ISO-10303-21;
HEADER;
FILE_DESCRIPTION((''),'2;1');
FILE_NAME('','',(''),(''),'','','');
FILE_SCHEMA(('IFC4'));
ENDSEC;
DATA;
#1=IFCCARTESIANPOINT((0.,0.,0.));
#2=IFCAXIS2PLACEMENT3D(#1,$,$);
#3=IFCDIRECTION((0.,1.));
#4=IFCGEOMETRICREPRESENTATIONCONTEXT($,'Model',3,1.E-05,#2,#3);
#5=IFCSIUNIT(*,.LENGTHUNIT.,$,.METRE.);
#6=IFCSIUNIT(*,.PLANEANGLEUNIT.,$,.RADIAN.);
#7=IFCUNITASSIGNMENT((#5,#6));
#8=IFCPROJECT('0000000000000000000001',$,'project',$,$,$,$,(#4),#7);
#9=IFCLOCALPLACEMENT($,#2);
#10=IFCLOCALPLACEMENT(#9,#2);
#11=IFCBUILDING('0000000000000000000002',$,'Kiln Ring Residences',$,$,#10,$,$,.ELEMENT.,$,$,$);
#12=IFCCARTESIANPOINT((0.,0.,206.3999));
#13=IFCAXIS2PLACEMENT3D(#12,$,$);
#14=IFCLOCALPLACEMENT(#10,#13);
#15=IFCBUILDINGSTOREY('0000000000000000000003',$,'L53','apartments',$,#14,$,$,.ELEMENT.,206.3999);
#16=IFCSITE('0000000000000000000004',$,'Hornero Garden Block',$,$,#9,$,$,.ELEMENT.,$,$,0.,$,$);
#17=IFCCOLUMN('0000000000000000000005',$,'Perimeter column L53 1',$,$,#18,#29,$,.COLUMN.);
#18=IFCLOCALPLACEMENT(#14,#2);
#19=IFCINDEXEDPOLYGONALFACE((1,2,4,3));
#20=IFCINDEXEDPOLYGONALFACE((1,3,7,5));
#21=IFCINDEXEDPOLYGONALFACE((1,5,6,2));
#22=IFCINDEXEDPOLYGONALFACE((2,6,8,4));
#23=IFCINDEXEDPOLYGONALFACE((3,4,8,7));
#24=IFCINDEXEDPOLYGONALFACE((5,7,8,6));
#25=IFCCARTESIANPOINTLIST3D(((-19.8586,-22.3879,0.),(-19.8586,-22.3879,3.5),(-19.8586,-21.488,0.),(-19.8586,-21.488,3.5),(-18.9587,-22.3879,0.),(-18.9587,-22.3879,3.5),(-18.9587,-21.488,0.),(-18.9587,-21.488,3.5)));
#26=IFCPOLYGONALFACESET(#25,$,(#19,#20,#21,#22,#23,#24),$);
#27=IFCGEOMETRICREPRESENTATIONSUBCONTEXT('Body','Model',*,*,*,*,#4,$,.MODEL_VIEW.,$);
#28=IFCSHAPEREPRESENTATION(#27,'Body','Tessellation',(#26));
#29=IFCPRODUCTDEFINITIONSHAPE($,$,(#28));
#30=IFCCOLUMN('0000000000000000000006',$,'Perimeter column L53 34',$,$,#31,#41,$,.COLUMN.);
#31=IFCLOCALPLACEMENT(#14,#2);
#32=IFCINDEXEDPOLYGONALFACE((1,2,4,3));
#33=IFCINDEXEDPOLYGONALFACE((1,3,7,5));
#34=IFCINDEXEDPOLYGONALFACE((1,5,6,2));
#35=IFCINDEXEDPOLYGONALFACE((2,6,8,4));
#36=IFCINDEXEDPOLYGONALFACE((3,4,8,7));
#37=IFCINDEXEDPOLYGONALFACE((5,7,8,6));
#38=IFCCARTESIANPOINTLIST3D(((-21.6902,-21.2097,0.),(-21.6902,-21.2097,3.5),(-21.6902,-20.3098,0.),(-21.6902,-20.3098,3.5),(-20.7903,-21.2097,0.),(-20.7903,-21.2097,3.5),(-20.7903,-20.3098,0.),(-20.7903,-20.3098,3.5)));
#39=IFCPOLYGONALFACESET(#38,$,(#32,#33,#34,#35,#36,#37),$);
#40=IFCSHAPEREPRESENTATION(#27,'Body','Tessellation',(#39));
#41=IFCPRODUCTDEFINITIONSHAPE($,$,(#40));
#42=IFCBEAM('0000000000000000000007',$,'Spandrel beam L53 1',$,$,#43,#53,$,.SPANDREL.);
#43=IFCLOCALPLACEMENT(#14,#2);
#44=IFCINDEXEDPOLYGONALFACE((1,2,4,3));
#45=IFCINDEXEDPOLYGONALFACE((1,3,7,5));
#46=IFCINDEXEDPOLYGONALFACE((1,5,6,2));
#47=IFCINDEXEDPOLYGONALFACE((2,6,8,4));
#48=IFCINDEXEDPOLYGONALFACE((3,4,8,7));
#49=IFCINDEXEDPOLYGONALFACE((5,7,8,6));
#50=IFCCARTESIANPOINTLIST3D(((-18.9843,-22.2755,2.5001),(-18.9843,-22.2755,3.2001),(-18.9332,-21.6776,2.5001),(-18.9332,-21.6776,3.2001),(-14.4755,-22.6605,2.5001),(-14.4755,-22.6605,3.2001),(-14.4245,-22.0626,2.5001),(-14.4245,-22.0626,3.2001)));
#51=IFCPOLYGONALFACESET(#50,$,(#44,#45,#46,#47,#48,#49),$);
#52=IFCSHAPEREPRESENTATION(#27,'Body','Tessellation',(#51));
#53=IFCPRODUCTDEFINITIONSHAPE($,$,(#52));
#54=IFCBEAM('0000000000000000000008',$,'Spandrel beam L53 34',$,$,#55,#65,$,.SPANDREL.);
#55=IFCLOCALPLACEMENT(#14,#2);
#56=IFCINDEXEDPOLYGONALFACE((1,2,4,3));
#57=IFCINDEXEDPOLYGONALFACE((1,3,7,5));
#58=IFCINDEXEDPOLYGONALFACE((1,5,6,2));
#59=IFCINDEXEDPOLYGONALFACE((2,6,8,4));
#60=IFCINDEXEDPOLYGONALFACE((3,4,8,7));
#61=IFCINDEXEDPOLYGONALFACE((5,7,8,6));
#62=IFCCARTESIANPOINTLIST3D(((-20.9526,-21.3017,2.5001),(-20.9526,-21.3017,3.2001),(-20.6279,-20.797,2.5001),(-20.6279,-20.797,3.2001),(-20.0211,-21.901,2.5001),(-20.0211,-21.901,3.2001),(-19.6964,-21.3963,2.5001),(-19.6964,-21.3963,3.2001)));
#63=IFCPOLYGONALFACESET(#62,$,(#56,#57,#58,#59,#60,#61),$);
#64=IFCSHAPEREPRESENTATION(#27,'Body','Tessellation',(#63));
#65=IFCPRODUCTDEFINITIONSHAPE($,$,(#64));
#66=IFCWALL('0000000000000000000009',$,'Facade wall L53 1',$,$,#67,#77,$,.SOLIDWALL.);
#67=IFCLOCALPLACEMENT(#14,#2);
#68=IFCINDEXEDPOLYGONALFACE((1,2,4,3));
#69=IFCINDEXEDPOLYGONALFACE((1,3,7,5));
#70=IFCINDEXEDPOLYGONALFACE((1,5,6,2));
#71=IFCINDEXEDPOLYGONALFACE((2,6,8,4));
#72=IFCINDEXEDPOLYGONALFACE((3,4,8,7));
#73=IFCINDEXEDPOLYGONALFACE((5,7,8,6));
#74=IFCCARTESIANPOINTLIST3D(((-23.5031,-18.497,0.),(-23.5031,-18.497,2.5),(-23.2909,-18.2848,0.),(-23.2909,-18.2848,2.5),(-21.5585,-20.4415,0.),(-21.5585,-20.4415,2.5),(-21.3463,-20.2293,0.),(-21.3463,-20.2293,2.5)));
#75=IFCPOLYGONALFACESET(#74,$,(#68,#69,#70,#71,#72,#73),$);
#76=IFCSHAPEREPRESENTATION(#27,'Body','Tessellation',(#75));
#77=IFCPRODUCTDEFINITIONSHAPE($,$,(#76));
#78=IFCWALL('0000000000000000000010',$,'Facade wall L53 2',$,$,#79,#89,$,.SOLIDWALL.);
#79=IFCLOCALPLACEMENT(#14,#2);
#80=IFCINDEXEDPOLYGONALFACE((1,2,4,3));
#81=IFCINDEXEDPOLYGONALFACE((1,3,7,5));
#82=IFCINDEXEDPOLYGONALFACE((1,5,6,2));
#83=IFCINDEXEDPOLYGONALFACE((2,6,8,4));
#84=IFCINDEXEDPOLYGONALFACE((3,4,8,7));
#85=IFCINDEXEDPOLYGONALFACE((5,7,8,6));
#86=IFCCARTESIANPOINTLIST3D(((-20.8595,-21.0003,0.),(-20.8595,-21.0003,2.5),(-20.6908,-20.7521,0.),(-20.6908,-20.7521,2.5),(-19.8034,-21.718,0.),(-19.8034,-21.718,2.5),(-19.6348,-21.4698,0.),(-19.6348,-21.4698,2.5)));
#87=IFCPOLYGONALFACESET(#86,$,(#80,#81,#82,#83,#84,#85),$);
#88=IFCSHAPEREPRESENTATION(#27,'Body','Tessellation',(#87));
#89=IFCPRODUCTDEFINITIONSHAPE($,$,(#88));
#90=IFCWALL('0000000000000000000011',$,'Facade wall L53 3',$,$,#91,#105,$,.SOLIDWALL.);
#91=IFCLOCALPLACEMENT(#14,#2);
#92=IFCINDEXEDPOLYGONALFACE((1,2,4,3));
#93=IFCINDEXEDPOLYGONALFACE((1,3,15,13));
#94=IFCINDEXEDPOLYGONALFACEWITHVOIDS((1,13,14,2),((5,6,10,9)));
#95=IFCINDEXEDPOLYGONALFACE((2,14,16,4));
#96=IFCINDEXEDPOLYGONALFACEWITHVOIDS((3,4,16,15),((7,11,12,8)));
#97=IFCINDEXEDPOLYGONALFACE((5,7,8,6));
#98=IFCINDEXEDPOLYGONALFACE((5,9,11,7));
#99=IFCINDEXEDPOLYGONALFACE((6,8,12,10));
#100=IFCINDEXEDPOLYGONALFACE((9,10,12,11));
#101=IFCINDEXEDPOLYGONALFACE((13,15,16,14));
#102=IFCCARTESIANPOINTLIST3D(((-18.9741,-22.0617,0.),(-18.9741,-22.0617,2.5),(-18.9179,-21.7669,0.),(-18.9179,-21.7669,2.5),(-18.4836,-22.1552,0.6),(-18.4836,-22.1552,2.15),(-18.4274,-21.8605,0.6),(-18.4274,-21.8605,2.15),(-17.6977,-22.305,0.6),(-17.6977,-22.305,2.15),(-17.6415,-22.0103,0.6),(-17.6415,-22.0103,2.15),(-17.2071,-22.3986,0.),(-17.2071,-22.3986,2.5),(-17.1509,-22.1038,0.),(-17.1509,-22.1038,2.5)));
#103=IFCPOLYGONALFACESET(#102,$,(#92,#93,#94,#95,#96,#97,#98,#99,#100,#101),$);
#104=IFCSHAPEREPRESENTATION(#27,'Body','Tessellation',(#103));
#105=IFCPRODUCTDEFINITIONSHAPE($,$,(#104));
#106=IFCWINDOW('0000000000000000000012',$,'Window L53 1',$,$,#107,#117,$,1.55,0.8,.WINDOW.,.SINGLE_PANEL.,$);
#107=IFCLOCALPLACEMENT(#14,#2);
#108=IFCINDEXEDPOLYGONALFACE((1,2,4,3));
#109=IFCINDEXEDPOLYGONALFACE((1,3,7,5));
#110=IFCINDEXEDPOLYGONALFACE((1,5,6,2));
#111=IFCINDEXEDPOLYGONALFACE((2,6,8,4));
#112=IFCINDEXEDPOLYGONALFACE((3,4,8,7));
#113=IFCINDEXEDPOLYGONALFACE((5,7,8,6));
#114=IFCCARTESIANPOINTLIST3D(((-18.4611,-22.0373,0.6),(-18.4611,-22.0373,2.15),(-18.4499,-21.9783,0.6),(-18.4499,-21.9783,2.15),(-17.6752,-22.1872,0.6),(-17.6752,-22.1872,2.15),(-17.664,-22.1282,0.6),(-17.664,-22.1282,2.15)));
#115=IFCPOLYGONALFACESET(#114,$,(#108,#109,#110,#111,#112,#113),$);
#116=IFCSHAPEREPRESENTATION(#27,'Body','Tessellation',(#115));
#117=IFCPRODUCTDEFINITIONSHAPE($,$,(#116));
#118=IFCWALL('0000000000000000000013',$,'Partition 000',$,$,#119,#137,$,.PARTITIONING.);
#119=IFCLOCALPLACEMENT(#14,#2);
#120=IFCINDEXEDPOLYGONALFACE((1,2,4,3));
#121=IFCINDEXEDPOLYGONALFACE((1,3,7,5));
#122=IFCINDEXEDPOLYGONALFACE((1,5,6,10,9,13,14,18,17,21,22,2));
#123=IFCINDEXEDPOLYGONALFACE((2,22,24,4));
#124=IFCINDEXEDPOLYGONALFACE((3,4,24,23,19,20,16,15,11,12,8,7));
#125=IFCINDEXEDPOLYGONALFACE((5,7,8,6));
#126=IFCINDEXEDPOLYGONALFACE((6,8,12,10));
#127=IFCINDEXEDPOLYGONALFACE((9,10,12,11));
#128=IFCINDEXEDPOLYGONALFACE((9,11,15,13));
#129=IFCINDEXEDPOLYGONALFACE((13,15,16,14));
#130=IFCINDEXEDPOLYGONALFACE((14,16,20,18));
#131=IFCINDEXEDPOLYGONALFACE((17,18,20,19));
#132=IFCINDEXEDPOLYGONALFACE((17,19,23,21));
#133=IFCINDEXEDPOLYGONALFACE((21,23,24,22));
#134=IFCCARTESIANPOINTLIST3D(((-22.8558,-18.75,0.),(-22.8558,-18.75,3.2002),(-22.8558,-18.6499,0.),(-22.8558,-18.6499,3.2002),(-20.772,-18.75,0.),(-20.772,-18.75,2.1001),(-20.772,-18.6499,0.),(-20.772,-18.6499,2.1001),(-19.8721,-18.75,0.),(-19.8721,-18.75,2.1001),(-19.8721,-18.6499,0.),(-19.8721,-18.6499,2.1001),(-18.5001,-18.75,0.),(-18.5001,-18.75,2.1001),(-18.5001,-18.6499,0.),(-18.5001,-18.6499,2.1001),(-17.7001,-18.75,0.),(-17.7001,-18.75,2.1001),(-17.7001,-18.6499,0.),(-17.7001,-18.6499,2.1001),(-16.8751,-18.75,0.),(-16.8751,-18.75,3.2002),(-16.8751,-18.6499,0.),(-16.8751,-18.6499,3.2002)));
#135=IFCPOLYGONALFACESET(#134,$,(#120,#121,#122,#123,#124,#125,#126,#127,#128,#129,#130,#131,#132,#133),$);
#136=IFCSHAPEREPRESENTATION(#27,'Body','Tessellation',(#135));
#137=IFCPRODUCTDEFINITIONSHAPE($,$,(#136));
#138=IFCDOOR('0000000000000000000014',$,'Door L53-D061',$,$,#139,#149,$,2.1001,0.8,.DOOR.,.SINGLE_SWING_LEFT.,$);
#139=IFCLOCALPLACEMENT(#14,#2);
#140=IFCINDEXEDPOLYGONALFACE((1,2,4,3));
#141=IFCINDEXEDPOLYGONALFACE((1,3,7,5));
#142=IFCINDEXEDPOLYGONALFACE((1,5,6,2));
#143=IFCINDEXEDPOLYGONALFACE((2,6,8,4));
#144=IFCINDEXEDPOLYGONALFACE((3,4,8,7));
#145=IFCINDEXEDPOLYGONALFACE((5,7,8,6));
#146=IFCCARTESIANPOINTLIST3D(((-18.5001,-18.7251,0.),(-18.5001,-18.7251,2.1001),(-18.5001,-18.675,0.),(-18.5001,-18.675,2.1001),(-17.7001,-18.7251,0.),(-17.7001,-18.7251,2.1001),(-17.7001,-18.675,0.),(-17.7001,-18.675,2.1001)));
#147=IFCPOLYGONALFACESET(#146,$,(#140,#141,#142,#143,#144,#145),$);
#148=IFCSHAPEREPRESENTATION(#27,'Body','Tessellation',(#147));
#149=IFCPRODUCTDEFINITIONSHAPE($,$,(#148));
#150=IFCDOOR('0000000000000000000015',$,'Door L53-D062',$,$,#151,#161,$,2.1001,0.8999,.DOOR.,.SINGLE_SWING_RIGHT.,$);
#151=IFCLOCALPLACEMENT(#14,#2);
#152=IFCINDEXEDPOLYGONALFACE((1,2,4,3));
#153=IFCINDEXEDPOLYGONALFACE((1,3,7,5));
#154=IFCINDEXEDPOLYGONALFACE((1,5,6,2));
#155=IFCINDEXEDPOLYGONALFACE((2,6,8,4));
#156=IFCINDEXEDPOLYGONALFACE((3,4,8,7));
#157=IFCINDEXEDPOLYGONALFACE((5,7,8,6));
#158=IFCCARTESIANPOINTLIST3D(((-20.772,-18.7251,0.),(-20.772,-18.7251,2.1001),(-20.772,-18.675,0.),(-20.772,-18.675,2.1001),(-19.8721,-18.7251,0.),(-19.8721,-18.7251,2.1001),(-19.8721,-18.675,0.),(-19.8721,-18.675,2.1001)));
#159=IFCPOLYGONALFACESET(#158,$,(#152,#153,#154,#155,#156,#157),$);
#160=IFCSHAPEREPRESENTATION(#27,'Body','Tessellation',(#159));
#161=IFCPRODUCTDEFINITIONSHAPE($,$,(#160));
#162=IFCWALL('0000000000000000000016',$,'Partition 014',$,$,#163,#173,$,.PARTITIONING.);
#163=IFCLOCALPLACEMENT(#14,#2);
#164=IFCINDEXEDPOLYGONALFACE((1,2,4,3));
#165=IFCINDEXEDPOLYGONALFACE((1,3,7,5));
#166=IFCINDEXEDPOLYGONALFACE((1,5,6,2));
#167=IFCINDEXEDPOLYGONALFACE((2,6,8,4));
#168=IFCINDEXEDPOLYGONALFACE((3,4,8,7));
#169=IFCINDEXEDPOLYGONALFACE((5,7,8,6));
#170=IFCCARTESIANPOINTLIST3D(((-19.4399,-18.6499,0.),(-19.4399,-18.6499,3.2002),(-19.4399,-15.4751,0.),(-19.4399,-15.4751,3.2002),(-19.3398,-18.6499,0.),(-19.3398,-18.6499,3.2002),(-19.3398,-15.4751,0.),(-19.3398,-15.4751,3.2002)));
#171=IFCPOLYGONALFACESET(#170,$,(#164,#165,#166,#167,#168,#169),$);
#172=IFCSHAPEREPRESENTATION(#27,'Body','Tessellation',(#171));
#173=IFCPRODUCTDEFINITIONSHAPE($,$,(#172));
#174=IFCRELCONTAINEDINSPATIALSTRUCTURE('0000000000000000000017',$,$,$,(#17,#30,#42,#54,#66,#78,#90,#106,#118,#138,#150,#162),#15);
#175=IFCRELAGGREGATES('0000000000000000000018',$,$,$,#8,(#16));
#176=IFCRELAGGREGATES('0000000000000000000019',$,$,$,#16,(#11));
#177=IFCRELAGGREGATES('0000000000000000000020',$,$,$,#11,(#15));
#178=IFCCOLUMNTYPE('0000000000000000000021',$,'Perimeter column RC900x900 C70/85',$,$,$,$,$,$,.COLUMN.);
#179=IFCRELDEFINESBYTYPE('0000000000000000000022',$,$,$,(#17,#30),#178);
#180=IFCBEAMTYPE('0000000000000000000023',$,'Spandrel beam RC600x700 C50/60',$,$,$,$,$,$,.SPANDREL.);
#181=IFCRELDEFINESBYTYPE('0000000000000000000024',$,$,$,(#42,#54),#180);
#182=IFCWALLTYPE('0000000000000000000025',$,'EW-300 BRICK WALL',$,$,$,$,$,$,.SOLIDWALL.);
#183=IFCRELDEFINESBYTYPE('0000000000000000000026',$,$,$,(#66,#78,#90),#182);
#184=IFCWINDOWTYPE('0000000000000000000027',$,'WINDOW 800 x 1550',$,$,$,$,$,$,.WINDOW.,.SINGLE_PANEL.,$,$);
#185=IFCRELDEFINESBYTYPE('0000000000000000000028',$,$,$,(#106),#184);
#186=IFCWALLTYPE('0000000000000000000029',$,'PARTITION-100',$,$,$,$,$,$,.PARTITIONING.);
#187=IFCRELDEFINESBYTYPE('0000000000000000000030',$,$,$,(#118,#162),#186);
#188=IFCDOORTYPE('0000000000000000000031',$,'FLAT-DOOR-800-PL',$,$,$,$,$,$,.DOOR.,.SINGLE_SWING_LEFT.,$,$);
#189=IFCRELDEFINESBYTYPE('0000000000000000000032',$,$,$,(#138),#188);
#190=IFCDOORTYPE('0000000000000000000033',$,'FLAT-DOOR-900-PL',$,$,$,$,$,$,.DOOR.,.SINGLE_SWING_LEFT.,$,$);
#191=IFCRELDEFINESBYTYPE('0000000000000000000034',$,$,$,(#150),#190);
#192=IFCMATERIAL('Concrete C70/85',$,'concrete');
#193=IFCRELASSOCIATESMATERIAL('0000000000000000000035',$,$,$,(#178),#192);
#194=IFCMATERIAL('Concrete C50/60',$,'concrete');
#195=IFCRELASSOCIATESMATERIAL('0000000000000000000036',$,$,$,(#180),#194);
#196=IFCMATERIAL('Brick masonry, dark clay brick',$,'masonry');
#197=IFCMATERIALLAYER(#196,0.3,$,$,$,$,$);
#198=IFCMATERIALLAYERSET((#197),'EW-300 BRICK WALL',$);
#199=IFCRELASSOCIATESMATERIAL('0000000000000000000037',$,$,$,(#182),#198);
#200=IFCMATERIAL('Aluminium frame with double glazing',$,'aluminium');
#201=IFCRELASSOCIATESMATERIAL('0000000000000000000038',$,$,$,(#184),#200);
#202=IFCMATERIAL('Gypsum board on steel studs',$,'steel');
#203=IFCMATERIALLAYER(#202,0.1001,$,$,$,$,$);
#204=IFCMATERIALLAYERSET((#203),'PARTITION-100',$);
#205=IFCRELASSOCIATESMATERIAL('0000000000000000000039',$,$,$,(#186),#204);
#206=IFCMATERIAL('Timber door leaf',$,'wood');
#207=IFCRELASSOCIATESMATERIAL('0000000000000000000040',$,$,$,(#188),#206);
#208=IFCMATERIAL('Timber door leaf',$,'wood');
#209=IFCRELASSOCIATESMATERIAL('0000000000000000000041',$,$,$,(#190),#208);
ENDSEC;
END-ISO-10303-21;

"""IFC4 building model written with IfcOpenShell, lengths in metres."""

from ifc_helpers import new_model, si_unit, direction, frame, frame_2d, origin, origin_2d, place, context, subcontext, project, spatial, rectangle, extrude, material, layer, layer_set, material_profile, profile_set, type_object, element, fill, save


model = new_model("IFC4")

# Units and contexts
model_context = context("Model", 3, precision=1e-05, world=origin(), true_north=direction((0.0, 1.0)))
body_context = subcontext(model_context, "Body", "Model", "MODEL_VIEW")
ifc_project = project(units=[si_unit("LENGTHUNIT", "METRE"), si_unit("PLANEANGLEUNIT", "RADIAN")], contexts=[model_context])

# Site, building, storey
site_placement = place(None, origin())
site = spatial("IfcSite", under=ifc_project, at=site_placement, Name="Hornero Garden Block", CompositionType="ELEMENT", RefElevation=0.0)
building_placement = place(site_placement, origin())
building = spatial("IfcBuilding", under=site, at=building_placement, Name="Kiln Ring Residences", CompositionType="ELEMENT")
storey_placement = place(building_placement, frame((0.0, 0.0, 206.3999)))
storey = spatial("IfcBuildingStorey", under=building, at=storey_placement, Name="L53", Description="apartments", CompositionType="ELEMENT", Elevation=206.3999)

# Columns
ifc_material_1 = material(Name="Concrete C70/85", Category="concrete")
ifc_material_profile_1 = material_profile(ifc_material_1, rectangle(XDim=0.8999, YDim=0.8999, at=origin_2d()), Name="RC900x900")
ifc_profile_set_1 = profile_set([ifc_material_profile_1], Name="Concrete C70/85")
column_type = type_object("IfcColumnType", Name="Perimeter column RC900x900 C70/85", PredefinedType="COLUMN", material=ifc_profile_set_1)
for number, where, z_axis, x_axis, name in (
    (1, (-19.4087, -21.938, 0.0), (0.0, 0.0, 1.0), (1.0, 0.0, 0.0), "Perimeter column L53 1"),
    (2, (-21.2402, -20.7598, 0.0), (0.0, 0.0, 1.0), (1.0, 0.0, 0.0), "Perimeter column L53 34"),
):
    element("IfcColumn", number, at=place(storey_placement, frame(where, z_axis=z_axis, x_axis=x_axis)), inside=storey, type_object=column_type, Name=name, PredefinedType="COLUMN", context=body_context, shape_type="SweptSolid", body=[
        extrude(rectangle(XDim=0.8999, YDim=0.8999, at=origin_2d()), origin(), (0.0, 0.0, 1.0), 3.5),
    ])

# Beams
ifc_material_2 = material(Name="Concrete C50/60", Category="concrete")
ifc_material_profile_2 = material_profile(ifc_material_2, rectangle(XDim=0.6001, YDim=0.7, at=origin_2d()), Name="RC600x700")
ifc_profile_set_2 = profile_set([ifc_material_profile_2], Name="Concrete C50/60")
beam_type = type_object("IfcBeamType", Name="Spandrel beam RC600x700 C50/60", PredefinedType="SPANDREL", material=ifc_profile_set_2)
beam_1_placement = place(storey_placement, frame((-18.9587, -21.9766, 2.8501), z_axis=(0.996374, -0.085081, 0.0), x_axis=(0.085081, 0.996374, 0.0)))
element("IfcBeam", 3, at=beam_1_placement, inside=storey, type_object=beam_type, Name="Spandrel beam L53 1", PredefinedType="SPANDREL", context=body_context, shape_type="SweptSolid", body=[
    extrude(rectangle(XDim=0.6001, YDim=0.7, at=origin_2d()), origin(), (0.0, 0.0, 1.0), 4.5251),
])
beam_2_placement = place(storey_placement, frame((-20.7903, -21.0493, 2.8501), z_axis=(0.840992, -0.541047, 0.0), x_axis=(0.541047, 0.840992, 0.0)))
element("IfcBeam", 4, at=beam_2_placement, inside=storey, type_object=beam_type, Name="Spandrel beam L53 34", PredefinedType="SPANDREL", context=body_context, shape_type="SweptSolid", body=[
    extrude(rectangle(XDim=0.6001, YDim=0.7, at=origin_2d()), origin(), (0.0, 0.0, 1.0), 1.1077),
])

# Walls
ifc_material_3 = material(Name="Brick masonry, dark clay brick", Category="masonry")
ifc_layer_1 = layer(ifc_material_3, 0.3)
ifc_layer_set_1 = layer_set([ifc_layer_1], Name="EW-300 BRICK WALL")
wall_type_1 = type_object("IfcWallType", Name="EW-300 BRICK WALL", PredefinedType="SOLIDWALL", material=ifc_layer_set_1)
wall_1_placement = place(storey_placement, frame((-23.397, -18.3909, 0.0), z_axis=(0.0, 0.0, 1.0), x_axis=(0.707107, -0.707107, 0.0)))
element("IfcWall", 5, at=wall_1_placement, inside=storey, type_object=wall_type_1, Name="Facade wall L53 1", PredefinedType="SOLIDWALL", context=body_context, shape_type="SweptSolid", body=[
    extrude(rectangle(XDim=2.75, YDim=0.3, at=frame_2d((1.375, 0.0))), origin(), (0.0, 0.0, 1.0), 2.5),
])
wall_2_placement = place(storey_placement, frame((-20.7751, -20.8762, 0.0), z_axis=(0.0, 0.0, 1.0), x_axis=(0.827076, -0.56209, 0.0)))
element("IfcWall", 6, at=wall_2_placement, inside=storey, type_object=wall_type_1, Name="Facade wall L53 2", PredefinedType="SOLIDWALL", context=body_context, shape_type="SweptSolid", body=[
    extrude(rectangle(XDim=1.2769, YDim=0.3, at=frame_2d((0.6384, 0.0))), origin(), (0.0, 0.0, 1.0), 2.5),
])

# Wall, opening, window
wall_3_placement = place(storey_placement, frame((-18.946, -21.9143, 0.0), z_axis=(0.0, 0.0, 1.0), x_axis=(0.982305, -0.187287, 0.0)))
wall_3 = element("IfcWall", 7, at=wall_3_placement, inside=storey, type_object=wall_type_1, Name="Facade wall L53 3", PredefinedType="SOLIDWALL", context=body_context, shape_type="SweptSolid", body=[
    extrude(rectangle(XDim=1.7988, YDim=0.3, at=frame_2d((0.8994, 0.0))), origin(), (0.0, 0.0, 1.0), 2.5),
])
opening_1_placement = place(wall_3_placement, frame((0.4995, 0.0, 0.6001)))
opening_1 = element("IfcOpeningElement", 8, at=opening_1_placement, cuts=wall_3, PredefinedType="OPENING", context=body_context, shape_type="SweptSolid", body=[
    extrude(rectangle(XDim=0.8, YDim=1.55, at=frame_2d((0.3999, 0.7749))), frame((0.0, 0.1599, 0.0), z_axis=(0.0, -1.0, 0.0), x_axis=(1.0, 0.0, 0.0)), (0.0, 0.0, 1.0), 0.3201),
])
ifc_material_4 = material(Name="Aluminium frame with double glazing", Category="aluminium")
window_type = type_object("IfcWindowType", Name="WINDOW 800 x 1550", PartitioningType="SINGLE_PANEL", PredefinedType="WINDOW", material=ifc_material_4)
window_placement = place(opening_1_placement, origin())
window = element("IfcWindow", 9, at=window_placement, inside=storey, type_object=window_type, Name="Window L53 1", OverallHeight=1.55, OverallWidth=0.8, PartitioningType="SINGLE_PANEL", PredefinedType="WINDOW", context=body_context, shape_type="SweptSolid", body=[
    extrude(rectangle(XDim=0.8, YDim=1.55, at=frame_2d((0.3999, 0.7749))), frame((0.0, 0.03, 0.0), z_axis=(0.0, -1.0, 0.0), x_axis=(1.0, 0.0, 0.0)), (0.0, 0.0, 1.0), 0.0601),
])
fill(opening_1, window)

# Wall, openings, doors
ifc_material_5 = material(Name="Gypsum board on steel studs", Category="steel")
ifc_layer_2 = layer(ifc_material_5, 0.1001)
ifc_layer_set_2 = layer_set([ifc_layer_2], Name="PARTITION-100")
wall_type_2 = type_object("IfcWallType", Name="PARTITION-100", PredefinedType="PARTITIONING", material=ifc_layer_set_2)
wall_4_placement = place(storey_placement, frame((-22.8557, -18.7, 0.0), z_axis=(0.0, 0.0, 1.0), x_axis=(1.0, 0.0, 0.0)))
wall_4 = element("IfcWall", 10, at=wall_4_placement, inside=storey, type_object=wall_type_2, Name="Partition 000", PredefinedType="PARTITIONING", context=body_context, shape_type="SweptSolid", body=[
    extrude(rectangle(XDim=5.9807, YDim=0.1001, at=frame_2d((2.9902, 0.0))), origin(), (0.0, 0.0, 1.0), 3.2002),
])
opening_2_placement = place(wall_4_placement, frame((4.3557, 0.0, 0.0)))
opening_2 = element("IfcOpeningElement", 11, at=opening_2_placement, cuts=wall_4, PredefinedType="OPENING", context=body_context, shape_type="SweptSolid", body=[
    extrude(rectangle(XDim=0.8, YDim=2.1001, at=frame_2d((0.3999, 1.05))), frame((0.0, 0.0601, 0.0), z_axis=(0.0, -1.0, 0.0), x_axis=(1.0, 0.0, 0.0)), (0.0, 0.0, 1.0), 0.1201),
])
opening_3_placement = place(wall_4_placement, frame((2.0837, 0.0, 0.0)))
opening_3 = element("IfcOpeningElement", 12, at=opening_3_placement, cuts=wall_4, PredefinedType="OPENING", context=body_context, shape_type="SweptSolid", body=[
    extrude(rectangle(XDim=0.8999, YDim=2.1001, at=frame_2d((0.45, 1.05))), frame((0.0, 0.0601, 0.0), z_axis=(0.0, -1.0, 0.0), x_axis=(1.0, 0.0, 0.0)), (0.0, 0.0, 1.0), 0.1201),
])
ifc_material_6 = material(Name="Timber door leaf", Category="wood")
door_type_1 = type_object("IfcDoorType", Name="FLAT-DOOR-800-PL", OperationType="SINGLE_SWING_LEFT", PredefinedType="DOOR", material=ifc_material_6)
door_1_placement = place(opening_2_placement, origin())
door_1 = element("IfcDoor", 13, at=door_1_placement, inside=storey, type_object=door_type_1, Name="Door L53-D061", OperationType="SINGLE_SWING_LEFT", OverallHeight=2.1001, OverallWidth=0.8, PredefinedType="DOOR", context=body_context, shape_type="SweptSolid", body=[
    extrude(rectangle(XDim=0.8, YDim=2.1001, at=frame_2d((0.3999, 1.05))), frame((0.0, 0.0249, 0.0), z_axis=(0.0, -1.0, 0.0), x_axis=(1.0, 0.0, 0.0)), (0.0, 0.0, 1.0), 0.05),
])
fill(opening_2, door_1)
ifc_material_7 = material(Name="Timber door leaf", Category="wood")
door_type_2 = type_object("IfcDoorType", Name="FLAT-DOOR-900-PL", OperationType="SINGLE_SWING_LEFT", PredefinedType="DOOR", material=ifc_material_7)
door_2_placement = place(opening_3_placement, origin())
door_2 = element("IfcDoor", 14, at=door_2_placement, inside=storey, type_object=door_type_2, Name="Door L53-D062", OperationType="SINGLE_SWING_RIGHT", OverallHeight=2.1001, OverallWidth=0.8999, PredefinedType="DOOR", context=body_context, shape_type="SweptSolid", body=[
    extrude(rectangle(XDim=0.8999, YDim=2.1001, at=frame_2d((0.45, 1.05))), frame((0.0, 0.0249, 0.0), z_axis=(0.0, -1.0, 0.0), x_axis=(1.0, 0.0, 0.0)), (0.0, 0.0, 1.0), 0.05),
])
fill(opening_3, door_2)

# Wall
wall_5_placement = place(storey_placement, frame((-19.3899, -18.6499, 0.0), z_axis=(0.0, 0.0, 1.0), x_axis=(0.0, 1.0, 0.0)))
element("IfcWall", 15, at=wall_5_placement, inside=storey, type_object=wall_type_2, Name="Partition 014", PredefinedType="PARTITIONING", context=body_context, shape_type="SweptSolid", body=[
    extrude(rectangle(XDim=3.1748, YDim=0.1001, at=frame_2d((1.5874, 0.0))), origin(), (0.0, 0.0, 1.0), 3.2002),
])

save(model, "model.ifc")
